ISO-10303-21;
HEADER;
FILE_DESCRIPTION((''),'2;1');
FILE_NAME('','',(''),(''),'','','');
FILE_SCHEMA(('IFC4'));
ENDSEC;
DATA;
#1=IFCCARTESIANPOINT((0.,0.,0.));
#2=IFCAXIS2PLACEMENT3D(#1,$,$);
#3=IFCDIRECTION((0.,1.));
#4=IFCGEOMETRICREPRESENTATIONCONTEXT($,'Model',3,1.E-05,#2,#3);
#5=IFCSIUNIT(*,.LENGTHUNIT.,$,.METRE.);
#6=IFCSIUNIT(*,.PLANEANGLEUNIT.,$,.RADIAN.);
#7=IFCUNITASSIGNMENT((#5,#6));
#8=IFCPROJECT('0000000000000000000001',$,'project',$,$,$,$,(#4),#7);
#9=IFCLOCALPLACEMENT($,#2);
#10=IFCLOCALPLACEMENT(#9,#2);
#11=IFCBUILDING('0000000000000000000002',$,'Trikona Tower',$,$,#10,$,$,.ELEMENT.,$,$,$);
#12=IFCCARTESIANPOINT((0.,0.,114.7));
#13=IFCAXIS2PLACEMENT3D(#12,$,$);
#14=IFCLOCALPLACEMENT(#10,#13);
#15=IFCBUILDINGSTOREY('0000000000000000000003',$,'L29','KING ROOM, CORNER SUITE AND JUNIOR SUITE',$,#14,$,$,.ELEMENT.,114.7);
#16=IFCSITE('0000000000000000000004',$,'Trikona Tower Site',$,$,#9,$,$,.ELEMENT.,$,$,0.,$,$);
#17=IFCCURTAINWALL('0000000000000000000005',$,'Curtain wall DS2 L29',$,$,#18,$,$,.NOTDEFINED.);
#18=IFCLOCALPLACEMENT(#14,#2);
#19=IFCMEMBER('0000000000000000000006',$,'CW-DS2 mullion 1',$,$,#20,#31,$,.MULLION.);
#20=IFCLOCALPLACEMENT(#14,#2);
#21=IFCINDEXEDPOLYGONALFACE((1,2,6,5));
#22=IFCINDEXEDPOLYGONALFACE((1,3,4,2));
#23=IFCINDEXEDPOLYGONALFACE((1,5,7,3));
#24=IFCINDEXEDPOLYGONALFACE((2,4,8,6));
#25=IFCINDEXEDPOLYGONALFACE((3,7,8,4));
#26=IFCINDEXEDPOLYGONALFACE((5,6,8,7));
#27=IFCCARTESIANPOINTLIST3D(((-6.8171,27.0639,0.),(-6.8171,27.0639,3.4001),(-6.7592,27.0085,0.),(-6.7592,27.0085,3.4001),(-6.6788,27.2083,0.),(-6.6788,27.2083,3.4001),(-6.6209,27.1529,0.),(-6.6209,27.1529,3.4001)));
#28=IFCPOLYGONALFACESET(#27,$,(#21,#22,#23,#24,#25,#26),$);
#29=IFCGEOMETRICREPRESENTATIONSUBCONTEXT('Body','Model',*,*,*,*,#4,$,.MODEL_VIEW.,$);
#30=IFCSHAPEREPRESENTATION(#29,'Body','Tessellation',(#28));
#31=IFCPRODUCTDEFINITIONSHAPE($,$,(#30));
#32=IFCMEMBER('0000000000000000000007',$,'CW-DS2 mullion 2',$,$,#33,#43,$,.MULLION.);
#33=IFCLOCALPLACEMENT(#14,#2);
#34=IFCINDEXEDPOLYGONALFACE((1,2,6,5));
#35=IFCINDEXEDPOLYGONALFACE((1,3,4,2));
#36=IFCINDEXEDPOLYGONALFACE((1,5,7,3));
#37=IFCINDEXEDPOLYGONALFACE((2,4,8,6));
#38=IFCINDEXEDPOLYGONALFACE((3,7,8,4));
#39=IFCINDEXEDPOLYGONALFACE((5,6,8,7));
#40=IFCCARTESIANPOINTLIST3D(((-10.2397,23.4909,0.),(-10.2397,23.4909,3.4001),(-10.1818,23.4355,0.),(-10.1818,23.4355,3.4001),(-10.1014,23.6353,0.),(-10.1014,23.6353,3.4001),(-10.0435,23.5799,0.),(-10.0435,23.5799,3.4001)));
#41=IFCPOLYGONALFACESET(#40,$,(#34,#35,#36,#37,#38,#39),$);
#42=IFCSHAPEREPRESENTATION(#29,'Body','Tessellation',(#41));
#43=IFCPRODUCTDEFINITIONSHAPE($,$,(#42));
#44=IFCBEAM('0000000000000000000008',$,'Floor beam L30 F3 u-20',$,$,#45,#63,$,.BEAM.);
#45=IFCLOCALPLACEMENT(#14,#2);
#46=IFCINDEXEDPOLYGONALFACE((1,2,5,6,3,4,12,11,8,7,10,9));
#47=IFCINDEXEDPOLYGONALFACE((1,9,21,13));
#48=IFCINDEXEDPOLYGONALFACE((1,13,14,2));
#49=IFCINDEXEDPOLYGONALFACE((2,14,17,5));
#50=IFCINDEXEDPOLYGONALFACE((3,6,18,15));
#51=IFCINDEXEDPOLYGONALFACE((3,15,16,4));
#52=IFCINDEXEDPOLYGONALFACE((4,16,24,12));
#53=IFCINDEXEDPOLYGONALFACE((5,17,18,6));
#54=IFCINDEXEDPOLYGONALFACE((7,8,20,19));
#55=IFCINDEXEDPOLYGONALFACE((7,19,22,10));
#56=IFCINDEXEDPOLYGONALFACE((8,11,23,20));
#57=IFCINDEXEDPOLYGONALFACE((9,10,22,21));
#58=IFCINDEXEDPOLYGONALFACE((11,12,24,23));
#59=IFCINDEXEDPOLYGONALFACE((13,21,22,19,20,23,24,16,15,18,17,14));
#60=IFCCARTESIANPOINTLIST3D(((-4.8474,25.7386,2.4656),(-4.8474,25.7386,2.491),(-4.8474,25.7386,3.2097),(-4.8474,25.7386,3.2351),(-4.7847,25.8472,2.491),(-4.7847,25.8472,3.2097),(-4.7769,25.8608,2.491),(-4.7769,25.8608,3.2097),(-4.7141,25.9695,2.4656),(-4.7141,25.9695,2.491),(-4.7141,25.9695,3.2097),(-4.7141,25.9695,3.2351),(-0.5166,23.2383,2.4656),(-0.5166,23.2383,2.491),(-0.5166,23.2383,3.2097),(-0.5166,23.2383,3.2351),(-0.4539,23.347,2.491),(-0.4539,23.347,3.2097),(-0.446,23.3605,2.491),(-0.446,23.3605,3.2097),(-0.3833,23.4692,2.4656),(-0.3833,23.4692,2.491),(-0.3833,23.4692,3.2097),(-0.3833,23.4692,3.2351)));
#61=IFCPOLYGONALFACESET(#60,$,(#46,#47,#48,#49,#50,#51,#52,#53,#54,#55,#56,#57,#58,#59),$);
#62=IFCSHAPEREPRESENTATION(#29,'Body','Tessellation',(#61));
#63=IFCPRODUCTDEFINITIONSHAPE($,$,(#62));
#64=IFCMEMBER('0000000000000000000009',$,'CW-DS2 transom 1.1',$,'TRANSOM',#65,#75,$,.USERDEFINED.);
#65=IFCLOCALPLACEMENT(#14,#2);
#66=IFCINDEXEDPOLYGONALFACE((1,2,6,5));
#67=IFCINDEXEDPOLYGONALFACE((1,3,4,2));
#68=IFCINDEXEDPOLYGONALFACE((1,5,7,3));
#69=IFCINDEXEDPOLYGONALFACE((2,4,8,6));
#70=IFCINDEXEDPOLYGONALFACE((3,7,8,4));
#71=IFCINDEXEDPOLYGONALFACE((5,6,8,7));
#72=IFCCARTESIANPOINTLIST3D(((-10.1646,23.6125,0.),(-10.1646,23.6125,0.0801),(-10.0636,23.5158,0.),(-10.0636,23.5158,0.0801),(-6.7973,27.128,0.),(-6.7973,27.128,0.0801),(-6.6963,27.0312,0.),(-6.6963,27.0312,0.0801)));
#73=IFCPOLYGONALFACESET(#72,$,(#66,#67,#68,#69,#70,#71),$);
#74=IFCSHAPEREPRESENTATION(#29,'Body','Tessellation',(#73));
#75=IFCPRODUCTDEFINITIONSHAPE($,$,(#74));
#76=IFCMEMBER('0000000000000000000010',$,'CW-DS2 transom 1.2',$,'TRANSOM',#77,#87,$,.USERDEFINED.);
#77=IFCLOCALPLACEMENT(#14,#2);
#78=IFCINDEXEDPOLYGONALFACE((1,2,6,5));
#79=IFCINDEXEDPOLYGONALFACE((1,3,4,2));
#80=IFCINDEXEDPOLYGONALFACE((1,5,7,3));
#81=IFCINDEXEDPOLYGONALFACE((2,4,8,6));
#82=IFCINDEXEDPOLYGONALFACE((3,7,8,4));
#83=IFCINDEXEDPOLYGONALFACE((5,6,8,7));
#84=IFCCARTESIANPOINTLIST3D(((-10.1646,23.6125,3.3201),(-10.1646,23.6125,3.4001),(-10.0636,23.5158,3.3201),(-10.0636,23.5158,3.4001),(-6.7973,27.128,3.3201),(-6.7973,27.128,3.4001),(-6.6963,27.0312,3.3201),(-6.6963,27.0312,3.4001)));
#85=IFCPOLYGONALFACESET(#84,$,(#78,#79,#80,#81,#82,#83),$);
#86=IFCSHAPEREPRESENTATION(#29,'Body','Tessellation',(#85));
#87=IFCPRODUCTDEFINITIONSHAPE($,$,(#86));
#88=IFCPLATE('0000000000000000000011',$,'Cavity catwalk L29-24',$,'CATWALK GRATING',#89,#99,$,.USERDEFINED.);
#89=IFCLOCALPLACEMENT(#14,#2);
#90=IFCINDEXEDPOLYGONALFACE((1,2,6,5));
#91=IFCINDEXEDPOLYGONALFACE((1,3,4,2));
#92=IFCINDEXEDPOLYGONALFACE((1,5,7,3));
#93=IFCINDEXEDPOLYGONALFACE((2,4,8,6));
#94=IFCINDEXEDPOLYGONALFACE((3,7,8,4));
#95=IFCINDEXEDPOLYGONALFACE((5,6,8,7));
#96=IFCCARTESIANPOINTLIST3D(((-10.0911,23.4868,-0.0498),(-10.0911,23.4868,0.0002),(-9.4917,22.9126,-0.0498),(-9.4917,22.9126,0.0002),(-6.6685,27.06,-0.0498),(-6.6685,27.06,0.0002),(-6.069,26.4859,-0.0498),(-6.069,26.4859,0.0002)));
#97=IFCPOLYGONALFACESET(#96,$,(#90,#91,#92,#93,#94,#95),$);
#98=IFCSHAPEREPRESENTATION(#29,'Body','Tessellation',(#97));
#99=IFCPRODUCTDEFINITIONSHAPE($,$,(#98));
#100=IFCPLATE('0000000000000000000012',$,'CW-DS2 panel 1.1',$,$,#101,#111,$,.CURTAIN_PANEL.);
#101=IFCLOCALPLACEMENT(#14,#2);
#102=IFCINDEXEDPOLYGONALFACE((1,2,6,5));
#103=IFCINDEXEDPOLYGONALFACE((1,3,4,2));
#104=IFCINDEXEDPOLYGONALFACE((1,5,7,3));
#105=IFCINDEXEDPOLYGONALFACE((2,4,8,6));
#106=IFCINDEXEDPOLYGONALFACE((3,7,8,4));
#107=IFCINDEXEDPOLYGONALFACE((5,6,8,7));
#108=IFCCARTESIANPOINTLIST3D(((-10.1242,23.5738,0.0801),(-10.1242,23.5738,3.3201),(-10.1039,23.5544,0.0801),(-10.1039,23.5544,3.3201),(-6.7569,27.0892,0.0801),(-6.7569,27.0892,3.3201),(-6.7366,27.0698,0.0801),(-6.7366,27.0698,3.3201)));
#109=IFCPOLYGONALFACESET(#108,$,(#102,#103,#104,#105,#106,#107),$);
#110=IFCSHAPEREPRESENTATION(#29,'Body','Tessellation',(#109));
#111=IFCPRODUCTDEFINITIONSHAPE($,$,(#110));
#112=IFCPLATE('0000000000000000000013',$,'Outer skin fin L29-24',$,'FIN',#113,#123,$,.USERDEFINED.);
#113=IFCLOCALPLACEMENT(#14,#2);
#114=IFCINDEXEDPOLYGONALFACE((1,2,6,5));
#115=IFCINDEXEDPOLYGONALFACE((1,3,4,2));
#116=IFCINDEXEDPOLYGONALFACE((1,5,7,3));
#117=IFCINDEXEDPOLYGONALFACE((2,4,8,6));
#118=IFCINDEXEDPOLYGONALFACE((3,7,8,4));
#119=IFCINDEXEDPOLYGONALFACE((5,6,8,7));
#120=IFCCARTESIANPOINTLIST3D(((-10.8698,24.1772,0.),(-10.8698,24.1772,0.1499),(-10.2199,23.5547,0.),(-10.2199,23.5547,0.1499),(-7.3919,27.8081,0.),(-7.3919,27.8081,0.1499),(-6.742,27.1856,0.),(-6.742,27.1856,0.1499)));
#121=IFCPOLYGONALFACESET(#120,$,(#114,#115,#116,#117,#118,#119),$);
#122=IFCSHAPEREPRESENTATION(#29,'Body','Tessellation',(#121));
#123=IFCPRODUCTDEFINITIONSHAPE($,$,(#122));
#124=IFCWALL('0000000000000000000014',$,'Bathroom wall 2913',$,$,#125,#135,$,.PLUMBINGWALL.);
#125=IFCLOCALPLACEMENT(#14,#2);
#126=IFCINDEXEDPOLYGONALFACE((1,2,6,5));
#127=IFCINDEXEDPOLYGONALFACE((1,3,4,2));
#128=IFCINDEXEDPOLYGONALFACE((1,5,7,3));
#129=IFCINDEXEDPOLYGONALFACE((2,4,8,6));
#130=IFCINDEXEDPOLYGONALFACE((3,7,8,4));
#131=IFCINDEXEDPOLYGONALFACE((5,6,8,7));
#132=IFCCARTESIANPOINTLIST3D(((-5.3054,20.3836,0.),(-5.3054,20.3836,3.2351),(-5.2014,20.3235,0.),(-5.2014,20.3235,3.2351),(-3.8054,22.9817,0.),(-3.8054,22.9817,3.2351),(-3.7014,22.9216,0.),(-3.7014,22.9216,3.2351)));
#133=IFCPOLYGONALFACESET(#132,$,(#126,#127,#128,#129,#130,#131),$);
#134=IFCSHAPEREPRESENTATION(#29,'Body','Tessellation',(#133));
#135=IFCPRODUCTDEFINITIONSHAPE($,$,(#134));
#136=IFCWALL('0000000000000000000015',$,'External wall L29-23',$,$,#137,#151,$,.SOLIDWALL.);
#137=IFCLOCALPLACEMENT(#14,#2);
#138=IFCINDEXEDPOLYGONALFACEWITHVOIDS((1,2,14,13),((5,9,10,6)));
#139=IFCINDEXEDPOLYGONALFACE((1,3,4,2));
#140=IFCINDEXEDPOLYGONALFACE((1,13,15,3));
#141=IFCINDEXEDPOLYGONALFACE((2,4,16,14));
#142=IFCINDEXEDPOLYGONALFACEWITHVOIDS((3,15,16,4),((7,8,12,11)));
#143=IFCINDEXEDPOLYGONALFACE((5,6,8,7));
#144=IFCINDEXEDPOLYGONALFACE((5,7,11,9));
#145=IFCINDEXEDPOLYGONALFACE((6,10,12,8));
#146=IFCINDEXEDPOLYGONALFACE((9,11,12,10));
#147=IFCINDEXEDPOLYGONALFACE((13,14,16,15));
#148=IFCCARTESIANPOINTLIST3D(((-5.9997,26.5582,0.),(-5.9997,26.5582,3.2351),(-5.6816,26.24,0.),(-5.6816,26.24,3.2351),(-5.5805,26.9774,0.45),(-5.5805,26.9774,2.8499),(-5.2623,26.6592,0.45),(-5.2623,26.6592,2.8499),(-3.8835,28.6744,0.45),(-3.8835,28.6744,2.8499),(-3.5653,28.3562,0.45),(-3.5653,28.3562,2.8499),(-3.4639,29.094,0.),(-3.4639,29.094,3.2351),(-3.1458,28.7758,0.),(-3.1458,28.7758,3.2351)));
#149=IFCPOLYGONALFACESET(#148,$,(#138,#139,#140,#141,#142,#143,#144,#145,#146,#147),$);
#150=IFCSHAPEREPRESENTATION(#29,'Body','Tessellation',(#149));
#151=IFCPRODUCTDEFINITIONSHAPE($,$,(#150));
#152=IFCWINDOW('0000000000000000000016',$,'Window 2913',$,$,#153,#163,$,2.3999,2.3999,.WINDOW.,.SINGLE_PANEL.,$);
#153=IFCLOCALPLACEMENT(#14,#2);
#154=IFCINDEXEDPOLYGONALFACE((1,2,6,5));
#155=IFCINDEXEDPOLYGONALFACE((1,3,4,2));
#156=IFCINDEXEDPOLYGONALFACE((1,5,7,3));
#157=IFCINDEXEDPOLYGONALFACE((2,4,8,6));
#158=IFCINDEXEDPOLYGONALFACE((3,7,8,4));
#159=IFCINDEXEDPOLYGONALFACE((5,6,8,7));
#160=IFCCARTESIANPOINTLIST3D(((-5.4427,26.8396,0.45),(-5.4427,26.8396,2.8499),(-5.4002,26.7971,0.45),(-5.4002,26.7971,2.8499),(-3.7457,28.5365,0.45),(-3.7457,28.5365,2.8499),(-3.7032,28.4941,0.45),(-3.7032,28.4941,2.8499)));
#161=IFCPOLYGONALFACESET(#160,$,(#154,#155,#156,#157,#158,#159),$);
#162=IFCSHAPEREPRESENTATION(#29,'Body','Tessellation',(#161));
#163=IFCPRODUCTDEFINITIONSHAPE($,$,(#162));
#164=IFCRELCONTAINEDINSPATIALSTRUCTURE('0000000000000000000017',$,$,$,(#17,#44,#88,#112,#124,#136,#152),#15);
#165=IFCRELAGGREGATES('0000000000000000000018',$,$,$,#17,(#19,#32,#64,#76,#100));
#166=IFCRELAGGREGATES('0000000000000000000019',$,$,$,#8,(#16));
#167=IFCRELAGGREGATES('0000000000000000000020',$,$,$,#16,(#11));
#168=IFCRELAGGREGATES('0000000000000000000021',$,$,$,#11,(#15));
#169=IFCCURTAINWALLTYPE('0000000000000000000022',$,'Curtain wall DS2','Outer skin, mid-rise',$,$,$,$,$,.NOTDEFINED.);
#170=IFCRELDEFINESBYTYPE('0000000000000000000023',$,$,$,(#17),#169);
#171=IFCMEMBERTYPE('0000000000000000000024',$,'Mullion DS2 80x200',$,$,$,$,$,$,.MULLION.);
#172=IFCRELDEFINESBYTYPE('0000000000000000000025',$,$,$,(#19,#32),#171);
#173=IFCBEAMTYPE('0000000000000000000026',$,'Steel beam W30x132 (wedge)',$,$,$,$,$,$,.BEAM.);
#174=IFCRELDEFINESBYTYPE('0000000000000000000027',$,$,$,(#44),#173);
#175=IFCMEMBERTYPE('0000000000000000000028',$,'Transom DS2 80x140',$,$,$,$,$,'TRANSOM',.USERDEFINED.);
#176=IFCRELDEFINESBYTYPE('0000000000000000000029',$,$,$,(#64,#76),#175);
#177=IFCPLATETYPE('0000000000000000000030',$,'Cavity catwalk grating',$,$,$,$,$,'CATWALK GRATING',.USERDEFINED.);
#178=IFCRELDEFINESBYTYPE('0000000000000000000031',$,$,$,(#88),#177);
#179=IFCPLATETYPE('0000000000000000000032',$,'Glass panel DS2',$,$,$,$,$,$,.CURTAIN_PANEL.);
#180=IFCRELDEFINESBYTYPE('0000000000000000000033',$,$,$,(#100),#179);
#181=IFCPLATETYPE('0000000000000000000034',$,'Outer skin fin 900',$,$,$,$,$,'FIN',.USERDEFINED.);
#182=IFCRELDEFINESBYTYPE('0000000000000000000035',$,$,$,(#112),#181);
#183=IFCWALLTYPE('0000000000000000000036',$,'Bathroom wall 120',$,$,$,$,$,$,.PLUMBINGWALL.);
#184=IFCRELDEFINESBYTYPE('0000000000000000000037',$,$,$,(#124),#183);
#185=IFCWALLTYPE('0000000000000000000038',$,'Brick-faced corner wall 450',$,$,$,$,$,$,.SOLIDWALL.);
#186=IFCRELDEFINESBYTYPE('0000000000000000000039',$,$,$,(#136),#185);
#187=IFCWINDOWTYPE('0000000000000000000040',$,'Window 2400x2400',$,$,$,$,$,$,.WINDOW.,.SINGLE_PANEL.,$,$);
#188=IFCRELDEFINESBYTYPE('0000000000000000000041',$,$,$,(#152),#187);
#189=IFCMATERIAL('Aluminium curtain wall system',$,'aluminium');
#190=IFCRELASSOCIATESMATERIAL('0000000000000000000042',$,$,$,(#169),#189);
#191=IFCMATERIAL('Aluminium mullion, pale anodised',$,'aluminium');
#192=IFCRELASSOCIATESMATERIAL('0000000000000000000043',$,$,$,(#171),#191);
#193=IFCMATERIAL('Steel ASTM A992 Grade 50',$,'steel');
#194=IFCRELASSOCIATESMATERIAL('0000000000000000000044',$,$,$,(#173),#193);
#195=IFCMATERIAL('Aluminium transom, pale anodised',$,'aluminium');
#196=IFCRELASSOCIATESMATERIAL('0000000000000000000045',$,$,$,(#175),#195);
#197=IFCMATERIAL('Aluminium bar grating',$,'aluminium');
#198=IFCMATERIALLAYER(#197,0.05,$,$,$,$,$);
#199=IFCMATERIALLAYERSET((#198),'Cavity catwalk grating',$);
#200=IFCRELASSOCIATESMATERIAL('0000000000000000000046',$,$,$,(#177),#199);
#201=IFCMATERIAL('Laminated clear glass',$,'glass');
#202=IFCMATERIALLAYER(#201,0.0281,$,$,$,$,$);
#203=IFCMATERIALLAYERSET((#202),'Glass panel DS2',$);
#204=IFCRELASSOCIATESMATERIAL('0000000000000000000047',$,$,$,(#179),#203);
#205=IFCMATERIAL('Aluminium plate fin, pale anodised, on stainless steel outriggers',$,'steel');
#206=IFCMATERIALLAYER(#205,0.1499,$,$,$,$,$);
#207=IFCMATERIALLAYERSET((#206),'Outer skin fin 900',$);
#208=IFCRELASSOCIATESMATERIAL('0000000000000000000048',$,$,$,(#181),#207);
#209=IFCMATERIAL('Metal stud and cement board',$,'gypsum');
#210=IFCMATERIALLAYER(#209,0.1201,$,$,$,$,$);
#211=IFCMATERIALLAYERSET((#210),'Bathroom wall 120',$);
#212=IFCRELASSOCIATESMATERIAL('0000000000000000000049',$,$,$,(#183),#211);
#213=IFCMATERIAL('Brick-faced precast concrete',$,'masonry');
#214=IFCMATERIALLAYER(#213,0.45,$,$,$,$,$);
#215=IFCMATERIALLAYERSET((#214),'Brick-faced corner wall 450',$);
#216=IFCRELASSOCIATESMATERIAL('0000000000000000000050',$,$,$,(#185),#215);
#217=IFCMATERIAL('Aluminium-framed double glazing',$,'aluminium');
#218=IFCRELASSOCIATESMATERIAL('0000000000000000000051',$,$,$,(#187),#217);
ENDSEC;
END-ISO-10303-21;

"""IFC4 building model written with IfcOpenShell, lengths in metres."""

from ifc_helpers import new_model, si_unit, direction, frame, frame_2d, origin, origin_2d, place, context, subcontext, project, spatial, rectangle, i_section, extrude, material, layer, layer_set, material_profile, profile_set, type_object, element, fill, aggregate, save


model = new_model("IFC4")

# Units and contexts
model_context = context("Model", 3, precision=1e-05, world=origin(), true_north=direction((0.0, 1.0)))
body_context = subcontext(model_context, "Body", "Model", "MODEL_VIEW")
ifc_project = project(units=[si_unit("LENGTHUNIT", "METRE"), si_unit("PLANEANGLEUNIT", "RADIAN")], contexts=[model_context])

# Site, building, storey
site_placement = place(None, origin())
site = spatial("IfcSite", under=ifc_project, at=site_placement, Name="Trikona Tower Site", CompositionType="ELEMENT", RefElevation=0.0)
building_placement = place(site_placement, origin())
building = spatial("IfcBuilding", under=site, at=building_placement, Name="Trikona Tower", CompositionType="ELEMENT")
storey_placement = place(building_placement, frame((0.0, 0.0, 114.7)))
storey = spatial("IfcBuildingStorey", under=building, at=storey_placement, Name="L29", Description="KING ROOM, CORNER SUITE AND JUNIOR SUITE", CompositionType="ELEMENT", Elevation=114.7)

# Curtain wall, members
ifc_material_1 = material(Name="Aluminium curtain wall system", Category="aluminium")
curtain_wall_type = type_object("IfcCurtainWallType", Name="Curtain wall DS2", Description="Outer skin, mid-rise", PredefinedType="NOTDEFINED", material=ifc_material_1)
curtain_wall_placement = place(storey_placement, origin())
curtain_wall = element("IfcCurtainWall", 1, at=curtain_wall_placement, inside=storey, type_object=curtain_wall_type, Name="Curtain wall DS2 L29", PredefinedType="NOTDEFINED")
ifc_material_2 = material(Name="Aluminium mullion, pale anodised", Category="aluminium")
ifc_material_profile_1 = material_profile(ifc_material_2, rectangle(XDim=0.0801, YDim=0.2, at=origin_2d()), Name="MUL-DS2")
ifc_profile_set_1 = profile_set([ifc_material_profile_1], Name="Aluminium mullion, pale anodised")
member_type_1 = type_object("IfcMemberType", Name="Mullion DS2 80x200", PredefinedType="MULLION", material=ifc_profile_set_1)
member_1_placement = place(storey_placement, frame((-6.719, 27.1084, 0.0), z_axis=(0.0, 0.0, 1.0), x_axis=(0.722158, -0.691728, 0.0)))
member_1 = element("IfcMember", 2, at=member_1_placement, type_object=member_type_1, Name="CW-DS2 mullion 1", PredefinedType="MULLION", context=body_context, shape_type="SweptSolid", body=[
    extrude(rectangle(XDim=0.0801, YDim=0.2, at=origin_2d()), origin(), (0.0, 0.0, 1.0), 3.4001),
])
member_2_placement = place(storey_placement, frame((-10.1416, 23.5354, 0.0), z_axis=(0.0, 0.0, 1.0), x_axis=(0.722158, -0.691728, 0.0)))
member_2 = element("IfcMember", 3, at=member_2_placement, type_object=member_type_1, Name="CW-DS2 mullion 2", PredefinedType="MULLION", context=body_context, shape_type="SweptSolid", body=[
    extrude(rectangle(XDim=0.0801, YDim=0.2, at=origin_2d()), origin(), (0.0, 0.0, 1.0), 3.4001),
])

# Beam
ifc_material_3 = material(Name="Steel ASTM A992 Grade 50", Category="steel")
ifc_material_profile_2 = material_profile(ifc_material_3, i_section(OverallWidth=0.2666, OverallDepth=0.7695, WebThickness=0.0156, FlangeThickness=0.0254, at=origin_2d()), Name="W30X132")
ifc_profile_set_2 = profile_set([ifc_material_profile_2], Name="Steel ASTM A992 Grade 50")
beam_type = type_object("IfcBeamType", Name="Steel beam W30x132 (wedge)", PredefinedType="BEAM", material=ifc_profile_set_2)
beam_placement = place(storey_placement, frame((-0.45, 23.3538, 2.8503), z_axis=(-0.866038, 0.499977, 0.0), x_axis=(-0.499977, -0.866038, 0.0)))
element("IfcBeam", 4, at=beam_placement, inside=storey, type_object=beam_type, Name="Floor beam L30 F3 u-20", PredefinedType="BEAM", context=body_context, shape_type="SweptSolid", body=[
    extrude(i_section(OverallWidth=0.2666, OverallDepth=0.7695, WebThickness=0.0156, FlangeThickness=0.0254, at=origin_2d()), origin(), (0.0, 0.0, 1.0), 5.0007),
])

# Members
ifc_material_4 = material(Name="Aluminium transom, pale anodised", Category="aluminium")
ifc_material_profile_3 = material_profile(ifc_material_4, rectangle(XDim=0.1399, YDim=0.0801, at=origin_2d()), Name="TRN-DS2")
ifc_profile_set_3 = profile_set([ifc_material_profile_3], Name="Aluminium transom, pale anodised")
member_type_2 = type_object("IfcMemberType", Name="Transom DS2 80x140", ElementType="TRANSOM", PredefinedType="USERDEFINED", material=ifc_profile_set_3)
member_3_placement = place(storey_placement, frame((-6.7468, 27.0796, 0.04), z_axis=(-0.691721, -0.722165, 0.0), x_axis=(0.722165, -0.691721, 0.0)))
member_3 = element("IfcMember", 5, at=member_3_placement, type_object=member_type_2, Name="CW-DS2 transom 1.1", ObjectType="TRANSOM", PredefinedType="USERDEFINED", context=body_context, shape_type="SweptSolid", body=[
    extrude(rectangle(XDim=0.1399, YDim=0.0801, at=origin_2d()), origin(), (0.0, 0.0, 1.0), 4.8679),
])
member_4_placement = place(storey_placement, frame((-6.7468, 27.0796, 3.3601), z_axis=(-0.691721, -0.722165, 0.0), x_axis=(0.722165, -0.691721, 0.0)))
member_4 = element("IfcMember", 6, at=member_4_placement, type_object=member_type_2, Name="CW-DS2 transom 1.2", ObjectType="TRANSOM", PredefinedType="USERDEFINED", context=body_context, shape_type="SweptSolid", body=[
    extrude(rectangle(XDim=0.1399, YDim=0.0801, at=origin_2d()), origin(), (0.0, 0.0, 1.0), 4.8679),
])

# Plates
ifc_material_5 = material(Name="Aluminium bar grating", Category="aluminium")
ifc_layer_1 = layer(ifc_material_5, 0.05)
ifc_layer_set_1 = layer_set([ifc_layer_1], Name="Cavity catwalk grating")
plate_type_1 = type_object("IfcPlateType", Name="Cavity catwalk grating", ElementType="CATWALK GRATING", PredefinedType="USERDEFINED", material=ifc_layer_set_1)
plate_1_placement = place(storey_placement, frame((-8.0801, 24.9863, -0.0498), z_axis=(0.0, 0.0, 1.0), x_axis=(-0.691724, -0.722162, 0.0)))
element("IfcPlate", 7, at=plate_1_placement, inside=storey, type_object=plate_type_1, Name="Cavity catwalk L29-24", ObjectType="CATWALK GRATING", PredefinedType="USERDEFINED", context=body_context, shape_type="SweptSolid", body=[
    extrude(rectangle(XDim=4.948, YDim=0.8301, at=origin_2d()), origin(), (0.0, 0.0, 1.0), 0.05),
])
ifc_material_6 = material(Name="Laminated clear glass", Category="glass")
ifc_layer_2 = layer(ifc_material_6, 0.0281)
ifc_layer_set_2 = layer_set([ifc_layer_2], Name="Glass panel DS2")
plate_type_2 = type_object("IfcPlateType", Name="Glass panel DS2", PredefinedType="CURTAIN_PANEL", material=ifc_layer_set_2)
plate_2_placement = place(storey_placement, frame((-8.4304, 25.3218, 0.0801), z_axis=(0.0, 0.0, 1.0), x_axis=(-0.691728, -0.722158, 0.0)))
plate_2 = element("IfcPlate", 8, at=plate_2_placement, type_object=plate_type_2, Name="CW-DS2 panel 1.1", PredefinedType="CURTAIN_PANEL", context=body_context, shape_type="SweptSolid", body=[
    extrude(rectangle(XDim=4.8679, YDim=0.0281, at=origin_2d()), origin(), (0.0, 0.0, 1.0), 3.24),
])
aggregate(curtain_wall, [member_1, member_2, member_3, member_4, plate_2])
ifc_material_7 = material(Name="Aluminium plate fin, pale anodised, on stainless steel outriggers", Category="steel")
ifc_layer_3 = layer(ifc_material_7, 0.1499)
ifc_layer_set_3 = layer_set([ifc_layer_3], Name="Outer skin fin 900")
plate_type_3 = type_object("IfcPlateType", Name="Outer skin fin 900", ElementType="FIN", PredefinedType="USERDEFINED", material=ifc_layer_set_3)
plate_3_placement = place(storey_placement, frame((-8.8059, 25.6814, 0.0), z_axis=(0.0, 0.0, 1.0), x_axis=(-0.691724, -0.722162, 0.0)))
element("IfcPlate", 9, at=plate_3_placement, inside=storey, type_object=plate_type_3, Name="Outer skin fin L29-24", ObjectType="FIN", PredefinedType="USERDEFINED", context=body_context, shape_type="SweptSolid", body=[
    extrude(rectangle(XDim=5.0278, YDim=0.8999, at=origin_2d()), origin(), (0.0, 0.0, 1.0), 0.1499),
])

# Wall
ifc_material_8 = material(Name="Metal stud and cement board", Category="gypsum")
ifc_layer_4 = layer(ifc_material_8, 0.1201)
ifc_layer_set_4 = layer_set([ifc_layer_4], Name="Bathroom wall 120")
wall_type_1 = type_object("IfcWallType", Name="Bathroom wall 120", PredefinedType="PLUMBINGWALL", material=ifc_layer_set_4)
wall_1_placement = place(storey_placement, frame((-3.7534, 22.9517, 0.0), z_axis=(0.0, 0.0, 1.0), x_axis=(-0.49999, -0.866031, 0.0)))
element("IfcWall", 10, at=wall_1_placement, inside=storey, type_object=wall_type_1, Name="Bathroom wall 2913", PredefinedType="PLUMBINGWALL", context=body_context, shape_type="SweptSolid", body=[
    extrude(rectangle(XDim=3.0, YDim=0.1201, at=frame_2d((1.5, 0.0))), origin(), (0.0, 0.0, 1.0), 3.2351),
])

# Wall, opening, window
ifc_material_9 = material(Name="Brick-faced precast concrete", Category="masonry")
ifc_layer_5 = layer(ifc_material_9, 0.45)
ifc_layer_set_5 = layer_set([ifc_layer_5], Name="Brick-faced corner wall 450")
wall_type_2 = type_object("IfcWallType", Name="Brick-faced corner wall 450", PredefinedType="SOLIDWALL", material=ifc_layer_set_5)
wall_2_placement = place(storey_placement, frame((-3.3049, 28.9348, 0.0), z_axis=(0.0, 0.0, 1.0), x_axis=(-0.707107, -0.707107, 0.0)))
wall_2 = element("IfcWall", 11, at=wall_2_placement, inside=storey, type_object=wall_type_2, Name="External wall L29-23", PredefinedType="SOLIDWALL", context=body_context, shape_type="SweptSolid", body=[
    extrude(rectangle(XDim=3.5862, YDim=0.45, at=frame_2d((1.793, 0.0))), origin(), (0.0, 0.0, 1.0), 3.2351),
])
opening_1_placement = place(wall_2_placement, frame((0.5933, 0.0, 0.45)))
opening_1 = element("IfcOpeningElement", 12, at=opening_1_placement, cuts=wall_2, PredefinedType="OPENING", context=body_context, shape_type="SweptSolid", body=[
    extrude(rectangle(XDim=2.3999, YDim=2.3999, at=frame_2d((1.2, 1.2))), frame((0.0, 0.2349, 0.0), z_axis=(0.0, -1.0, 0.0), x_axis=(1.0, 0.0, 0.0)), (0.0, 0.0, 1.0), 0.47),
])
ifc_material_10 = material(Name="Aluminium-framed double glazing", Category="aluminium")
window_type_1 = type_object("IfcWindowType", Name="Window 2400x2400", PartitioningType="SINGLE_PANEL", PredefinedType="WINDOW", material=ifc_material_10)
window_1_placement = place(opening_1_placement, origin())
window_1 = element("IfcWindow", 13, at=window_1_placement, inside=storey, type_object=window_type_1, Name="Window 2913", OverallHeight=2.3999, OverallWidth=2.3999, PartitioningType="SINGLE_PANEL", PredefinedType="WINDOW", context=body_context, shape_type="SweptSolid", body=[
    extrude(rectangle(XDim=2.3999, YDim=2.3999, at=frame_2d((1.2, 1.2))), frame((0.0, 0.03, 0.0), z_axis=(0.0, -1.0, 0.0), x_axis=(1.0, 0.0, 0.0)), (0.0, 0.0, 1.0), 0.0601),
])
fill(opening_1, window_1)

save(model, "model.ifc")
